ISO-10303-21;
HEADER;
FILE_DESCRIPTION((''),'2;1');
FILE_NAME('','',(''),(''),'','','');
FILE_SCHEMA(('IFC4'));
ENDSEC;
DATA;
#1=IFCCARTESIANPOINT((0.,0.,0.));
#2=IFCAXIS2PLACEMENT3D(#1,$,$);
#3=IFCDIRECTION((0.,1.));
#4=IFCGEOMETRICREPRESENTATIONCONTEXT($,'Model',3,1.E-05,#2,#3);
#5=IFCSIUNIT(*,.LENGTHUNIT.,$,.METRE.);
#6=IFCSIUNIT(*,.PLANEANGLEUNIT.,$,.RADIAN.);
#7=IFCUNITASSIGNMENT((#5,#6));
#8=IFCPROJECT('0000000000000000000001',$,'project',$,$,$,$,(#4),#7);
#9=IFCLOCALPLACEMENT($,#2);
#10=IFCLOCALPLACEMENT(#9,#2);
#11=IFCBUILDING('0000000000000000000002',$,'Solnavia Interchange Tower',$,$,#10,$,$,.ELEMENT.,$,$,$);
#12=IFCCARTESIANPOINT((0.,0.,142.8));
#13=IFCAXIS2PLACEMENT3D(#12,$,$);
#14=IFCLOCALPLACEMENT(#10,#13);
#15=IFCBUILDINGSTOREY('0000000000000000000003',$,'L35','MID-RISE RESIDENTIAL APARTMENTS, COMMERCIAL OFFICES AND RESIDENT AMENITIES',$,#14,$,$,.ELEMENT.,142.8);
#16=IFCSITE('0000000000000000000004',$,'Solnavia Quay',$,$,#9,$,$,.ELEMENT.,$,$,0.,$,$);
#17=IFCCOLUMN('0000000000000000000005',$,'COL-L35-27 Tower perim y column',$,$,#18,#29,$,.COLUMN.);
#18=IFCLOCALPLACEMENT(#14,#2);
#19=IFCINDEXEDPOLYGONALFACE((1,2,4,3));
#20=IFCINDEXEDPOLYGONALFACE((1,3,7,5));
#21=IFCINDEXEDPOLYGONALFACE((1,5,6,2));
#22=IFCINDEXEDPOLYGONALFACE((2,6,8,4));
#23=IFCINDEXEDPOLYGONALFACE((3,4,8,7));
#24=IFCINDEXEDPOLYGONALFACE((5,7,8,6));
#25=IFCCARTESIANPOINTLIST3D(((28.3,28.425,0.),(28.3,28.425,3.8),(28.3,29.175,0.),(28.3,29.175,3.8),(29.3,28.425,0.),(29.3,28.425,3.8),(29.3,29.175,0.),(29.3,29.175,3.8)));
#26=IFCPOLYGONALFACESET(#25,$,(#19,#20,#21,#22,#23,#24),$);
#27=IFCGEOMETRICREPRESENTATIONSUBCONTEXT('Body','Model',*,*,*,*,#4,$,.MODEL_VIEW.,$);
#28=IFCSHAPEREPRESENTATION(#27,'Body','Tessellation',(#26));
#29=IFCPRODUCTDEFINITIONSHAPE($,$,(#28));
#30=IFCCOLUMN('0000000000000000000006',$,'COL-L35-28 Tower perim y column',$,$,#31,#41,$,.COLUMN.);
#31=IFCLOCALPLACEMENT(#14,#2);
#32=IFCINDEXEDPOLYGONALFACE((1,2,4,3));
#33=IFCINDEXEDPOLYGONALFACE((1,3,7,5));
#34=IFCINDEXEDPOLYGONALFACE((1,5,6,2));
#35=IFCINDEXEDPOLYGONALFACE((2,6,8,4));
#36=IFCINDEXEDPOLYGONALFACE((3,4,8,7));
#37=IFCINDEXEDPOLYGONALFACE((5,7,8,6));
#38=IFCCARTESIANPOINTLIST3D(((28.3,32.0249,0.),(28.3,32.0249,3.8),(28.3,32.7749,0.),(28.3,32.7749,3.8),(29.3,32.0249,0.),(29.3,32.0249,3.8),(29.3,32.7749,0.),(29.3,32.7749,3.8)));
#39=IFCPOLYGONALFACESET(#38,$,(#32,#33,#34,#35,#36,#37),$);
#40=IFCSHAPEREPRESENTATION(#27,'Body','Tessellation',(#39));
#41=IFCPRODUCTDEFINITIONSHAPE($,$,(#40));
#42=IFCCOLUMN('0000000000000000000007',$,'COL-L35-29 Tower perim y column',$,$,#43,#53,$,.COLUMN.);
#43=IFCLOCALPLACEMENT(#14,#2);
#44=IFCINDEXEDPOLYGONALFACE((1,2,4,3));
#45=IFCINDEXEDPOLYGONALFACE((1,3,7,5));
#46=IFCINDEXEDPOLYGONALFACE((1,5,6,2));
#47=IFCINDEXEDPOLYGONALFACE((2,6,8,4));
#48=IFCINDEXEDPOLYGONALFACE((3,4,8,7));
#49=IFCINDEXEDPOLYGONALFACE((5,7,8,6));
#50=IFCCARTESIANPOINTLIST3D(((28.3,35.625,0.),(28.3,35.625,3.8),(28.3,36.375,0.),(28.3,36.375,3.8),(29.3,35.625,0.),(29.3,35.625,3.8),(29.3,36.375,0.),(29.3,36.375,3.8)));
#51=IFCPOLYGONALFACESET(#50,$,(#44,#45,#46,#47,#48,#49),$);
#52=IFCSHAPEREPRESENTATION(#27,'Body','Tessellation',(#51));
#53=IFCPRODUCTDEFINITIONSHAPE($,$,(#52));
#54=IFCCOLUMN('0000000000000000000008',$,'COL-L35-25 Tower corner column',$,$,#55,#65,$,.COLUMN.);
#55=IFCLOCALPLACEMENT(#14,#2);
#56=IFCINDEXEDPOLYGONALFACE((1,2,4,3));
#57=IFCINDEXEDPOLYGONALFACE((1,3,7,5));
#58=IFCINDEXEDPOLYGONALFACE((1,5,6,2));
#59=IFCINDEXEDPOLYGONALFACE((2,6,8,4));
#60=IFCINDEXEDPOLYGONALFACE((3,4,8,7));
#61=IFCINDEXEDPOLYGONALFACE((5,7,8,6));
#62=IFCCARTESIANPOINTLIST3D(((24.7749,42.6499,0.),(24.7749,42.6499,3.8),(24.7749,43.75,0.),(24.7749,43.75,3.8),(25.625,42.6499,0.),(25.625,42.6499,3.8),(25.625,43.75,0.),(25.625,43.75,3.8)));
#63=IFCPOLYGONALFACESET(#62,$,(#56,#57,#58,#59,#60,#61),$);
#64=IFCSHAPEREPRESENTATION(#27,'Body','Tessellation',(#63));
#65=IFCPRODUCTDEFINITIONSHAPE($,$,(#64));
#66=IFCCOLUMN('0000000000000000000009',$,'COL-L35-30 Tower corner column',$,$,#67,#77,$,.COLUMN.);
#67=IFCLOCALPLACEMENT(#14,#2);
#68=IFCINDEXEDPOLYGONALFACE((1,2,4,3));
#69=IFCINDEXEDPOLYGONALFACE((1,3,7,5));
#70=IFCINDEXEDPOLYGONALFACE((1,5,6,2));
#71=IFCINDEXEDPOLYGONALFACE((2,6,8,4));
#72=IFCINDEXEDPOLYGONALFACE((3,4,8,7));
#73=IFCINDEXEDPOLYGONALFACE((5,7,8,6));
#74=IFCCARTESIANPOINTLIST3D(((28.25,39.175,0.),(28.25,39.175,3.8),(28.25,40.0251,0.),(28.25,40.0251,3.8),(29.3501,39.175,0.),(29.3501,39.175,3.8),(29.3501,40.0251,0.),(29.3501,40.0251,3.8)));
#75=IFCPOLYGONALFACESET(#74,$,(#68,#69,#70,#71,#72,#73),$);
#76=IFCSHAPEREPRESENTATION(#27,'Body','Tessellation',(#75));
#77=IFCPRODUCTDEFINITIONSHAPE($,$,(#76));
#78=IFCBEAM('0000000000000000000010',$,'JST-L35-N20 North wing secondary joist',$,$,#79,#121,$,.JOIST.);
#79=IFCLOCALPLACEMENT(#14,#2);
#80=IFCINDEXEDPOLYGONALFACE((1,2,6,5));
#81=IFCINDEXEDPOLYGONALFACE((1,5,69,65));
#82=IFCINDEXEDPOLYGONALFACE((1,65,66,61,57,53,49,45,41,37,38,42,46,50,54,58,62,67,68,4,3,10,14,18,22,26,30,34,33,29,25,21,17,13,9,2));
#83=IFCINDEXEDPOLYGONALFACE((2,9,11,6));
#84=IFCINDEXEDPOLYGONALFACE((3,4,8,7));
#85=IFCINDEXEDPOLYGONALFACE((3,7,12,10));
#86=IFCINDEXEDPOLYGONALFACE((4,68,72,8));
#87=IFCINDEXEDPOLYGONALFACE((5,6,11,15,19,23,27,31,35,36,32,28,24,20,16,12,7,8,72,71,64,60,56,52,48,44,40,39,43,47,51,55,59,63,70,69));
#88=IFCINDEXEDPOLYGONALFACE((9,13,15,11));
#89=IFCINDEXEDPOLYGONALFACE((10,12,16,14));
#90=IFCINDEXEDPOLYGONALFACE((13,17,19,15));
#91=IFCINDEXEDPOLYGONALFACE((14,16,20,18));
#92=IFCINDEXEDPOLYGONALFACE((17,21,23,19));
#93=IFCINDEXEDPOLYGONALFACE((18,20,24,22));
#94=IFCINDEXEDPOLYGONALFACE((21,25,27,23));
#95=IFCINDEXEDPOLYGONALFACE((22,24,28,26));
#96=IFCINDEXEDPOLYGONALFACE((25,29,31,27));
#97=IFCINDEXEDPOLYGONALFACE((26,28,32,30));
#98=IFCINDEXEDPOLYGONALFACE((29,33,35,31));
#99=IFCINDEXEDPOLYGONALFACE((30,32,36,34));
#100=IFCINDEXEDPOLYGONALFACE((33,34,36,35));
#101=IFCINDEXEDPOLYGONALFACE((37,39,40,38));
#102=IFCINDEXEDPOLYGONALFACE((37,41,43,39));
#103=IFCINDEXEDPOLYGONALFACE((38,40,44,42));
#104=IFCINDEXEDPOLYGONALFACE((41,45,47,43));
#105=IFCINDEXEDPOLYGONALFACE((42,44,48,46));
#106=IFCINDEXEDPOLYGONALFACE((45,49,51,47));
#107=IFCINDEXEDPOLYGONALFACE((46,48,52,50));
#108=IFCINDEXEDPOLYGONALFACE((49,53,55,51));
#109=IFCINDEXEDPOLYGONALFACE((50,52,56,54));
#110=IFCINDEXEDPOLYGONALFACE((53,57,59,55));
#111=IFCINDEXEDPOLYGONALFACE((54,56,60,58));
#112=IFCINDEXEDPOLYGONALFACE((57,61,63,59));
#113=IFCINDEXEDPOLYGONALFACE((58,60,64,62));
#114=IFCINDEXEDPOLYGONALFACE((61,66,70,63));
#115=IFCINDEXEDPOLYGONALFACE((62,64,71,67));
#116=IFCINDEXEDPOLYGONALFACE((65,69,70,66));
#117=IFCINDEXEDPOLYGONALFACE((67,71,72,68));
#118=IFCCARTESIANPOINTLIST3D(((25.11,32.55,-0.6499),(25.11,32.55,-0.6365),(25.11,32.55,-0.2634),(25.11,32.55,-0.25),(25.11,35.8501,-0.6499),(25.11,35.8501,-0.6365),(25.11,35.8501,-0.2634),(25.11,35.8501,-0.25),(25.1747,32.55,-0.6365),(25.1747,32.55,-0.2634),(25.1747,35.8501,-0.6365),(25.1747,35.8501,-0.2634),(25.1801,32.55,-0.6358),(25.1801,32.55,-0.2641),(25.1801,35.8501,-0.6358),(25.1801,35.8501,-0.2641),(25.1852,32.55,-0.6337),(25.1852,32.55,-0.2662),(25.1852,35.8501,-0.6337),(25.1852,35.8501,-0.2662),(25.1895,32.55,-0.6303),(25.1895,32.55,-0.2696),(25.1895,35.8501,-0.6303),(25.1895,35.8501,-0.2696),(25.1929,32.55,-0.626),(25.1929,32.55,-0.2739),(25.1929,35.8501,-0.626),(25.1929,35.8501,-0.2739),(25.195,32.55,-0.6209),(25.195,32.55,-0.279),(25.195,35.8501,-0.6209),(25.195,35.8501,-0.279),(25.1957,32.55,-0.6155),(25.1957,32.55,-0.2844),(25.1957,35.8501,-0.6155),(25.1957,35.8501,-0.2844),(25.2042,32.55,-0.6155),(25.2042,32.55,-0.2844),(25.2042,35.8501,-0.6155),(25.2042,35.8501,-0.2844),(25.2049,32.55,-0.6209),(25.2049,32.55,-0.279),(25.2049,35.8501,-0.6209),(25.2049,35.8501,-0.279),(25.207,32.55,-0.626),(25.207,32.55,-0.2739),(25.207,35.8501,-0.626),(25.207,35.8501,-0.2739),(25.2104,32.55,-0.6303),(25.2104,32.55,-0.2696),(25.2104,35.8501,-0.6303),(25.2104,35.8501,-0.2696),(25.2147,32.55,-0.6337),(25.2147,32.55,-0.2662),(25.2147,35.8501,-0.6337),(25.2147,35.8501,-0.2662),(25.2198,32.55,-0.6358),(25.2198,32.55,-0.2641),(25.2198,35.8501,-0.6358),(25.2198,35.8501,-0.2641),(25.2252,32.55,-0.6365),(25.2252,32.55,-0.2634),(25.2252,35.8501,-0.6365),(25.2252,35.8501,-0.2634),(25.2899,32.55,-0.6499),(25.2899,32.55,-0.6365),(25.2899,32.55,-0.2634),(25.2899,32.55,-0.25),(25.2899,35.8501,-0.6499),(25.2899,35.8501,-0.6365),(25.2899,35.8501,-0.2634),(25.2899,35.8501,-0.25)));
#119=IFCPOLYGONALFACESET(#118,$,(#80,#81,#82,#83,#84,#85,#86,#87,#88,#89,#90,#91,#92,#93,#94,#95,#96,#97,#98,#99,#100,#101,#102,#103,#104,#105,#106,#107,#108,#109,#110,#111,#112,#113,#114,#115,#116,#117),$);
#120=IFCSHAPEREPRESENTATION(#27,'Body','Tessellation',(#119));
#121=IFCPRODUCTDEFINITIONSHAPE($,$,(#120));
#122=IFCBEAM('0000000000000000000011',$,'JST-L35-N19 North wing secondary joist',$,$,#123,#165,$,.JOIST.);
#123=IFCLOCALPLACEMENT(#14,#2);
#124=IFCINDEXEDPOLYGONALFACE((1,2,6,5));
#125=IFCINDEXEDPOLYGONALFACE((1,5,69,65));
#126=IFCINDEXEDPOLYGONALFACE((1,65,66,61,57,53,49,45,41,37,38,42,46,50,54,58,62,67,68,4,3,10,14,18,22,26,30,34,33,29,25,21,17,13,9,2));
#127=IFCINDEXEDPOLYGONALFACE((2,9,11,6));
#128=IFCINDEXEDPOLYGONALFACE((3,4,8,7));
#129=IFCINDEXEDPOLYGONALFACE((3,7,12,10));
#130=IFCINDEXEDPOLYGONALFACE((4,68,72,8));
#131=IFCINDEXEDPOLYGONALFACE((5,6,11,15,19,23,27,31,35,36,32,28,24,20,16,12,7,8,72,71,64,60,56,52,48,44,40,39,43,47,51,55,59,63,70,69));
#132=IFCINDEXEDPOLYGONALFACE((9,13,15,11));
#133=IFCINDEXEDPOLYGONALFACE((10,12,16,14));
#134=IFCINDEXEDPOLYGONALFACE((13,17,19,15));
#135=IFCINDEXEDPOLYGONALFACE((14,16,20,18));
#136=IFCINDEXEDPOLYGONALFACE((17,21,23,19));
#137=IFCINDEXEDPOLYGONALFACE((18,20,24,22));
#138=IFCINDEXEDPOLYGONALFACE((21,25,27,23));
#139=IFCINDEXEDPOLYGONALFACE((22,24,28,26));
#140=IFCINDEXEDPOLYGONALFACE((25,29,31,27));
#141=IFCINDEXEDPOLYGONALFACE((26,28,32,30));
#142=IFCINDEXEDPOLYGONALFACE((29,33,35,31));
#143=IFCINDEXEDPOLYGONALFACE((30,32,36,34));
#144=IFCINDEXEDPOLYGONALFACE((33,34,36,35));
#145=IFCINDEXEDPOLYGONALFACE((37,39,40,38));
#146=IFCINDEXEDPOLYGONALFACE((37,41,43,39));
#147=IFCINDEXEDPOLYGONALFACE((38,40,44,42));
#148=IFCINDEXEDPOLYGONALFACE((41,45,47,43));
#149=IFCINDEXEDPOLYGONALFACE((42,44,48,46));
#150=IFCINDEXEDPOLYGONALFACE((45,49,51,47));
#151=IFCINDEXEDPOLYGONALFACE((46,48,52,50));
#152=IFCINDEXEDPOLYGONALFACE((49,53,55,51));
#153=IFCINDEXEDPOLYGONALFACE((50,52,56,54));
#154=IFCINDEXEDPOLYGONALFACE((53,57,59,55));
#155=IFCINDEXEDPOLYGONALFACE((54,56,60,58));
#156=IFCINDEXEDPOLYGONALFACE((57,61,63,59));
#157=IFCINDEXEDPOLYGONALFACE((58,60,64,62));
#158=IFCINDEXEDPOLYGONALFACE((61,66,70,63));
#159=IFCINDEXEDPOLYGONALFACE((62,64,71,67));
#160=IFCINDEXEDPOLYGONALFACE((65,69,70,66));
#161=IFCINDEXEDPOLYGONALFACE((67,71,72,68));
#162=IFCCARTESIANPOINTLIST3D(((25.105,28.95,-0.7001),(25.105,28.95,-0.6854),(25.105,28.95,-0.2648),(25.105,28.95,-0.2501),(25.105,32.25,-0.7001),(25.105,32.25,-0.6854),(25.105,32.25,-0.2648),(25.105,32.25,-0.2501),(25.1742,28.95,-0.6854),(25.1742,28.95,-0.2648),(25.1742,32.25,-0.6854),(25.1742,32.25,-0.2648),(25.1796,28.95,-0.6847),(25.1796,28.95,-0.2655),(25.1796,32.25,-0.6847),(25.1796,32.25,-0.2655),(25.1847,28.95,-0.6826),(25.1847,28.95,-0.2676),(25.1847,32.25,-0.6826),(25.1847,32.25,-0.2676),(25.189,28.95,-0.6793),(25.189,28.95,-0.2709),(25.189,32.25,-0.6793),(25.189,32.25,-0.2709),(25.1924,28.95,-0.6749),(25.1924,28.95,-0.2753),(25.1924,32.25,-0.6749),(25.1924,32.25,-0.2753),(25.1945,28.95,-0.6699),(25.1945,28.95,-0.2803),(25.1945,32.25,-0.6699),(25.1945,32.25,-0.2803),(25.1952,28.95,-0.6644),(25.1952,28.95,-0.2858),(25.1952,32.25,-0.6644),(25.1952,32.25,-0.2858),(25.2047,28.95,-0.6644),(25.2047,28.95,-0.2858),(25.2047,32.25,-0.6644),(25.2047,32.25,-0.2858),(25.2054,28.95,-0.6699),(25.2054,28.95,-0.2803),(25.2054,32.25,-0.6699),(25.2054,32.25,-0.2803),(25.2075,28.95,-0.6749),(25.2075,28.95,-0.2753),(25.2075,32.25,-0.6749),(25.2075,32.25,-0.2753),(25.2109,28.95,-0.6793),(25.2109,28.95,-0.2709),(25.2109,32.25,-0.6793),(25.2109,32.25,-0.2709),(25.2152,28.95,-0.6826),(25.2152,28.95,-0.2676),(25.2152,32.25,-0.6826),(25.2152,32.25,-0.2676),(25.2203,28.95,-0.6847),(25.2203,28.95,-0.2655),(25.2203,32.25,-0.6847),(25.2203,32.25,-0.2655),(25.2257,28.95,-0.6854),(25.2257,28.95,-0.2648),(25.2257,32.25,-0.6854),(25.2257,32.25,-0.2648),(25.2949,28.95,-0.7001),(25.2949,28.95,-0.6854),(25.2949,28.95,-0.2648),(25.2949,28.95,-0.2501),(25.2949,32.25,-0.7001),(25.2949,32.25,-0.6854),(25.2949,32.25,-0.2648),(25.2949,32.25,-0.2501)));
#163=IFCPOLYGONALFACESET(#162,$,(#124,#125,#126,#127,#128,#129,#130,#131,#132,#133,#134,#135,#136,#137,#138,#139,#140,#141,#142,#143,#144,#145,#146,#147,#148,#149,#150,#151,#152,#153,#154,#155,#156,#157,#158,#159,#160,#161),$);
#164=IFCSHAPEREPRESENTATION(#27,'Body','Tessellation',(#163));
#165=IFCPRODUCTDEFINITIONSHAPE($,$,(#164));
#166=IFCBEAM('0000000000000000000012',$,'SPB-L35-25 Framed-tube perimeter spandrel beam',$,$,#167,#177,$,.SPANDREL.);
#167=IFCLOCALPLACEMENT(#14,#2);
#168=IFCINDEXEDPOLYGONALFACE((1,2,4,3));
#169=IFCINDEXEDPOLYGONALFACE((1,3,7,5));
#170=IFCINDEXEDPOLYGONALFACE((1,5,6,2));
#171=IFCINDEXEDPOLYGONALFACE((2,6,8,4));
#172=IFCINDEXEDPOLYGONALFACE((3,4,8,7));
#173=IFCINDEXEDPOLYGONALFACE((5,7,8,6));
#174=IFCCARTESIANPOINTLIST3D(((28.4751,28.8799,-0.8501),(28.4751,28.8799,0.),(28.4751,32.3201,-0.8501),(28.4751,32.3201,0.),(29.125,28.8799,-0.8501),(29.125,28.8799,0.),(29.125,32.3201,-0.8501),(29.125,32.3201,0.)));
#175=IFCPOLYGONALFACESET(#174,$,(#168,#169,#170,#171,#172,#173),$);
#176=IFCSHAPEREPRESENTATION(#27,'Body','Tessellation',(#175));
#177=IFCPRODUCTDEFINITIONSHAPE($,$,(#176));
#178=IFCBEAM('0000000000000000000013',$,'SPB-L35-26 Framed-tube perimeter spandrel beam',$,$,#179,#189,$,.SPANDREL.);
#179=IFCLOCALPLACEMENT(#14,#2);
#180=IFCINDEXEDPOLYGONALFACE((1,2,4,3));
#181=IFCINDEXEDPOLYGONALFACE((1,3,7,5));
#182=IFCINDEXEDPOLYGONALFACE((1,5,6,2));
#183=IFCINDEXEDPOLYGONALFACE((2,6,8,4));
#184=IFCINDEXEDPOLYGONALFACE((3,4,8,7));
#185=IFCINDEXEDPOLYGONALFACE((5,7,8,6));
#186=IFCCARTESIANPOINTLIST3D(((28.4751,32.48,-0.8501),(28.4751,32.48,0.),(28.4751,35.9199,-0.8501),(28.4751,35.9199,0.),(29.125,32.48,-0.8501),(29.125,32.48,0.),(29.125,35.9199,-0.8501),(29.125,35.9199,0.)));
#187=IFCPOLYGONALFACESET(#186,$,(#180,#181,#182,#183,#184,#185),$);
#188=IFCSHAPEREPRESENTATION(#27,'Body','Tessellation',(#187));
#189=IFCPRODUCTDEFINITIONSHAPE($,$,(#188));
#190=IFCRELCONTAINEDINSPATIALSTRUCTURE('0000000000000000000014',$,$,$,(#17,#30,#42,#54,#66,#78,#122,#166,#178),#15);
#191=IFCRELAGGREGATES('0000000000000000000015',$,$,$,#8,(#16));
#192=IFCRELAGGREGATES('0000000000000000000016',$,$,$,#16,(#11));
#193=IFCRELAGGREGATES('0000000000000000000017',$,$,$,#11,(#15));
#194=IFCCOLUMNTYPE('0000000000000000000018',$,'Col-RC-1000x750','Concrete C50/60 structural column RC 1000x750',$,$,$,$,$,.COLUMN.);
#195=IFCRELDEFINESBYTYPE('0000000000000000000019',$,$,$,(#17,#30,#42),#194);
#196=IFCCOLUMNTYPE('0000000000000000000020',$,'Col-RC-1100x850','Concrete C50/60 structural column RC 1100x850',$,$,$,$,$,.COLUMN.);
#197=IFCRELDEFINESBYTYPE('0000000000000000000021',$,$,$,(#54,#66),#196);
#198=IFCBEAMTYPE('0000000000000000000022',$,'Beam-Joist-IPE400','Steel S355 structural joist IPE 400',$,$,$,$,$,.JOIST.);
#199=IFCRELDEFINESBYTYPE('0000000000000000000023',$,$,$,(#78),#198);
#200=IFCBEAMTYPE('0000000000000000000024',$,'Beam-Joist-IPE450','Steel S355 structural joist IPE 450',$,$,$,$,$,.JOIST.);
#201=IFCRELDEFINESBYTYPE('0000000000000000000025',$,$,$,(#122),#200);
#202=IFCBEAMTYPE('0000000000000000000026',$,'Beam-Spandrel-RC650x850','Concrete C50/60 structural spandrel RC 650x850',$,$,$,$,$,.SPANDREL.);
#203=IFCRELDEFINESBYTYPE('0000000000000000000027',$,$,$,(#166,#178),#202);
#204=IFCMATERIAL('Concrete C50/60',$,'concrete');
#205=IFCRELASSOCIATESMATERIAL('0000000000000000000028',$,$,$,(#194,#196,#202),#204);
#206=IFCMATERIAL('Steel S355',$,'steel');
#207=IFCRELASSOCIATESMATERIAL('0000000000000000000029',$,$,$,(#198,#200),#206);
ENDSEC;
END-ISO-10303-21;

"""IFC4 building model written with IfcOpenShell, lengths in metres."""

from ifc_helpers import new_model, si_unit, direction, frame, origin, origin_2d, place, context, subcontext, project, spatial, rectangle, i_section, extrude, material, material_profile, profile_set, type_object, element, save


model = new_model("IFC4")

# Units and contexts
model_context = context("Model", 3, precision=1e-05, world=origin(), true_north=direction((0.0, 1.0)))
body_context = subcontext(model_context, "Body", "Model", "MODEL_VIEW")
ifc_project = project(units=[si_unit("LENGTHUNIT", "METRE"), si_unit("PLANEANGLEUNIT", "RADIAN")], contexts=[model_context])

# Site, building, storey
site_placement = place(None, origin())
site = spatial("IfcSite", under=ifc_project, at=site_placement, Name="Solnavia Quay", CompositionType="ELEMENT", RefElevation=0.0)
building_placement = place(site_placement, origin())
building = spatial("IfcBuilding", under=site, at=building_placement, Name="Solnavia Interchange Tower", CompositionType="ELEMENT")
storey_placement = place(building_placement, frame((0.0, 0.0, 142.8)))
storey = spatial("IfcBuildingStorey", under=building, at=storey_placement, Name="L35", Description="MID-RISE RESIDENTIAL APARTMENTS, COMMERCIAL OFFICES AND RESIDENT AMENITIES", CompositionType="ELEMENT", Elevation=142.8)

# Columns
ifc_material_1 = material(Name="Concrete C50/60", Category="concrete")
ifc_material_profile_1 = material_profile(ifc_material_1, rectangle(XDim=0.75, YDim=1.0, at=origin_2d()), Name="RC 1000x750")
ifc_profile_set_1 = profile_set([ifc_material_profile_1], Name="Concrete C50/60")
column_type_1 = type_object("IfcColumnType", Name="Col-RC-1000x750", Description="Concrete C50/60 structural column RC 1000x750", PredefinedType="COLUMN", material=ifc_profile_set_1)
for number, where, z_axis, x_axis, name in (
    (1, (28.8, 28.8, 0.0), (0.0, 0.0, 1.0), (0.0, 1.0, 0.0), "COL-L35-27 Tower perim y column"),
    (2, (28.8, 32.3999, 0.0), (0.0, 0.0, 1.0), (0.0, 1.0, 0.0), "COL-L35-28 Tower perim y column"),
    (3, (28.8, 36.0, 0.0), (0.0, 0.0, 1.0), (0.0, 1.0, 0.0), "COL-L35-29 Tower perim y column"),
):
    element("IfcColumn", number, at=place(storey_placement, frame(where, z_axis=z_axis, x_axis=x_axis)), inside=storey, type_object=column_type_1, Name=name, PredefinedType="COLUMN", context=body_context, shape_type="SweptSolid", body=[
        extrude(rectangle(XDim=0.75, YDim=1.0, at=origin_2d()), origin(), (0.0, 0.0, 1.0), 3.8),
    ])
ifc_material_profile_2 = material_profile(ifc_material_1, rectangle(XDim=0.8501, YDim=1.1001, at=origin_2d()), Name="RC 1100x850")
ifc_profile_set_2 = profile_set([ifc_material_profile_2], Name="Concrete C50/60")
column_type_2 = type_object("IfcColumnType", Name="Col-RC-1100x850", Description="Concrete C50/60 structural column RC 1100x850", PredefinedType="COLUMN", material=ifc_profile_set_2)
for number, where, z_axis, x_axis, name in (
    (4, (25.2, 43.2, 0.0), (0.0, 0.0, 1.0), (1.0, 0.0, 0.0), "COL-L35-25 Tower corner column"),
    (5, (28.8, 39.6001, 0.0), (0.0, 0.0, 1.0), (0.0, 1.0, 0.0), "COL-L35-30 Tower corner column"),
):
    element("IfcColumn", number, at=place(storey_placement, frame(where, z_axis=z_axis, x_axis=x_axis)), inside=storey, type_object=column_type_2, Name=name, PredefinedType="COLUMN", context=body_context, shape_type="SweptSolid", body=[
        extrude(rectangle(XDim=0.8501, YDim=1.1001, at=origin_2d()), origin(), (0.0, 0.0, 1.0), 3.8),
    ])

# Beams
ifc_material_2 = material(Name="Steel S355", Category="steel")
ifc_material_profile_3 = material_profile(ifc_material_2, i_section(OverallWidth=0.1799, OverallDepth=0.3999, WebThickness=0.0085, FlangeThickness=0.0134, FilletRadius=0.021, at=origin_2d()), Name="IPE 400")
ifc_profile_set_3 = profile_set([ifc_material_profile_3], Name="Steel S355")
beam_type_1 = type_object("IfcBeamType", Name="Beam-Joist-IPE400", Description="Steel S355 structural joist IPE 400", PredefinedType="JOIST", material=ifc_profile_set_3)
beam_1_placement = place(storey_placement, frame((25.2, 32.55, -0.45), z_axis=(0.0, 1.0, 0.0), x_axis=(-1.0, 0.0, 0.0)))
element("IfcBeam", 6, at=beam_1_placement, inside=storey, type_object=beam_type_1, Name="JST-L35-N20 North wing secondary joist", PredefinedType="JOIST", context=body_context, shape_type="SweptSolid", body=[
    extrude(i_section(OverallWidth=0.1799, OverallDepth=0.3999, WebThickness=0.0085, FlangeThickness=0.0134, FilletRadius=0.021, at=origin_2d()), origin(), (0.0, 0.0, 1.0), 3.3),
])
ifc_material_profile_4 = material_profile(ifc_material_2, i_section(OverallWidth=0.1899, OverallDepth=0.45, WebThickness=0.0095, FlangeThickness=0.0146, FilletRadius=0.021, at=origin_2d()), Name="IPE 450")
ifc_profile_set_4 = profile_set([ifc_material_profile_4], Name="Steel S355")
beam_type_2 = type_object("IfcBeamType", Name="Beam-Joist-IPE450", Description="Steel S355 structural joist IPE 450", PredefinedType="JOIST", material=ifc_profile_set_4)
beam_2_placement = place(storey_placement, frame((25.2, 28.95, -0.4751), z_axis=(0.0, 1.0, 0.0), x_axis=(-1.0, 0.0, 0.0)))
element("IfcBeam", 7, at=beam_2_placement, inside=storey, type_object=beam_type_2, Name="JST-L35-N19 North wing secondary joist", PredefinedType="JOIST", context=body_context, shape_type="SweptSolid", body=[
    extrude(i_section(OverallWidth=0.1899, OverallDepth=0.45, WebThickness=0.0095, FlangeThickness=0.0146, FilletRadius=0.021, at=origin_2d()), origin(), (0.0, 0.0, 1.0), 3.3),
])
ifc_material_profile_5 = material_profile(ifc_material_1, rectangle(XDim=0.6499, YDim=0.8501, at=origin_2d()), Name="RC 650x850")
ifc_profile_set_5 = profile_set([ifc_material_profile_5], Name="Concrete C50/60")
beam_type_3 = type_object("IfcBeamType", Name="Beam-Spandrel-RC650x850", Description="Concrete C50/60 structural spandrel RC 650x850", PredefinedType="SPANDREL", material=ifc_profile_set_5)
beam_3_placement = place(storey_placement, frame((28.8, 28.8799, -0.425), z_axis=(0.0, 1.0, 0.0), x_axis=(-1.0, 0.0, 0.0)))
element("IfcBeam", 8, at=beam_3_placement, inside=storey, type_object=beam_type_3, Name="SPB-L35-25 Framed-tube perimeter spandrel beam", PredefinedType="SPANDREL", context=body_context, shape_type="SweptSolid", body=[
    extrude(rectangle(XDim=0.6499, YDim=0.8501, at=origin_2d()), origin(), (0.0, 0.0, 1.0), 3.4402),
])
for number, where, z_axis, x_axis, name in (
    (9, (28.8, 32.48, -0.425), (0.0, 1.0, 0.0), (-1.0, 0.0, 0.0), "SPB-L35-26 Framed-tube perimeter spandrel beam"),
):
    element("IfcBeam", number, at=place(storey_placement, frame(where, z_axis=z_axis, x_axis=x_axis)), inside=storey, type_object=beam_type_3, Name=name, PredefinedType="SPANDREL", context=body_context, shape_type="SweptSolid", body=[
        extrude(rectangle(XDim=0.6499, YDim=0.8501, at=origin_2d()), origin(), (0.0, 0.0, 1.0), 3.4399),
    ])

save(model, "model.ifc")
